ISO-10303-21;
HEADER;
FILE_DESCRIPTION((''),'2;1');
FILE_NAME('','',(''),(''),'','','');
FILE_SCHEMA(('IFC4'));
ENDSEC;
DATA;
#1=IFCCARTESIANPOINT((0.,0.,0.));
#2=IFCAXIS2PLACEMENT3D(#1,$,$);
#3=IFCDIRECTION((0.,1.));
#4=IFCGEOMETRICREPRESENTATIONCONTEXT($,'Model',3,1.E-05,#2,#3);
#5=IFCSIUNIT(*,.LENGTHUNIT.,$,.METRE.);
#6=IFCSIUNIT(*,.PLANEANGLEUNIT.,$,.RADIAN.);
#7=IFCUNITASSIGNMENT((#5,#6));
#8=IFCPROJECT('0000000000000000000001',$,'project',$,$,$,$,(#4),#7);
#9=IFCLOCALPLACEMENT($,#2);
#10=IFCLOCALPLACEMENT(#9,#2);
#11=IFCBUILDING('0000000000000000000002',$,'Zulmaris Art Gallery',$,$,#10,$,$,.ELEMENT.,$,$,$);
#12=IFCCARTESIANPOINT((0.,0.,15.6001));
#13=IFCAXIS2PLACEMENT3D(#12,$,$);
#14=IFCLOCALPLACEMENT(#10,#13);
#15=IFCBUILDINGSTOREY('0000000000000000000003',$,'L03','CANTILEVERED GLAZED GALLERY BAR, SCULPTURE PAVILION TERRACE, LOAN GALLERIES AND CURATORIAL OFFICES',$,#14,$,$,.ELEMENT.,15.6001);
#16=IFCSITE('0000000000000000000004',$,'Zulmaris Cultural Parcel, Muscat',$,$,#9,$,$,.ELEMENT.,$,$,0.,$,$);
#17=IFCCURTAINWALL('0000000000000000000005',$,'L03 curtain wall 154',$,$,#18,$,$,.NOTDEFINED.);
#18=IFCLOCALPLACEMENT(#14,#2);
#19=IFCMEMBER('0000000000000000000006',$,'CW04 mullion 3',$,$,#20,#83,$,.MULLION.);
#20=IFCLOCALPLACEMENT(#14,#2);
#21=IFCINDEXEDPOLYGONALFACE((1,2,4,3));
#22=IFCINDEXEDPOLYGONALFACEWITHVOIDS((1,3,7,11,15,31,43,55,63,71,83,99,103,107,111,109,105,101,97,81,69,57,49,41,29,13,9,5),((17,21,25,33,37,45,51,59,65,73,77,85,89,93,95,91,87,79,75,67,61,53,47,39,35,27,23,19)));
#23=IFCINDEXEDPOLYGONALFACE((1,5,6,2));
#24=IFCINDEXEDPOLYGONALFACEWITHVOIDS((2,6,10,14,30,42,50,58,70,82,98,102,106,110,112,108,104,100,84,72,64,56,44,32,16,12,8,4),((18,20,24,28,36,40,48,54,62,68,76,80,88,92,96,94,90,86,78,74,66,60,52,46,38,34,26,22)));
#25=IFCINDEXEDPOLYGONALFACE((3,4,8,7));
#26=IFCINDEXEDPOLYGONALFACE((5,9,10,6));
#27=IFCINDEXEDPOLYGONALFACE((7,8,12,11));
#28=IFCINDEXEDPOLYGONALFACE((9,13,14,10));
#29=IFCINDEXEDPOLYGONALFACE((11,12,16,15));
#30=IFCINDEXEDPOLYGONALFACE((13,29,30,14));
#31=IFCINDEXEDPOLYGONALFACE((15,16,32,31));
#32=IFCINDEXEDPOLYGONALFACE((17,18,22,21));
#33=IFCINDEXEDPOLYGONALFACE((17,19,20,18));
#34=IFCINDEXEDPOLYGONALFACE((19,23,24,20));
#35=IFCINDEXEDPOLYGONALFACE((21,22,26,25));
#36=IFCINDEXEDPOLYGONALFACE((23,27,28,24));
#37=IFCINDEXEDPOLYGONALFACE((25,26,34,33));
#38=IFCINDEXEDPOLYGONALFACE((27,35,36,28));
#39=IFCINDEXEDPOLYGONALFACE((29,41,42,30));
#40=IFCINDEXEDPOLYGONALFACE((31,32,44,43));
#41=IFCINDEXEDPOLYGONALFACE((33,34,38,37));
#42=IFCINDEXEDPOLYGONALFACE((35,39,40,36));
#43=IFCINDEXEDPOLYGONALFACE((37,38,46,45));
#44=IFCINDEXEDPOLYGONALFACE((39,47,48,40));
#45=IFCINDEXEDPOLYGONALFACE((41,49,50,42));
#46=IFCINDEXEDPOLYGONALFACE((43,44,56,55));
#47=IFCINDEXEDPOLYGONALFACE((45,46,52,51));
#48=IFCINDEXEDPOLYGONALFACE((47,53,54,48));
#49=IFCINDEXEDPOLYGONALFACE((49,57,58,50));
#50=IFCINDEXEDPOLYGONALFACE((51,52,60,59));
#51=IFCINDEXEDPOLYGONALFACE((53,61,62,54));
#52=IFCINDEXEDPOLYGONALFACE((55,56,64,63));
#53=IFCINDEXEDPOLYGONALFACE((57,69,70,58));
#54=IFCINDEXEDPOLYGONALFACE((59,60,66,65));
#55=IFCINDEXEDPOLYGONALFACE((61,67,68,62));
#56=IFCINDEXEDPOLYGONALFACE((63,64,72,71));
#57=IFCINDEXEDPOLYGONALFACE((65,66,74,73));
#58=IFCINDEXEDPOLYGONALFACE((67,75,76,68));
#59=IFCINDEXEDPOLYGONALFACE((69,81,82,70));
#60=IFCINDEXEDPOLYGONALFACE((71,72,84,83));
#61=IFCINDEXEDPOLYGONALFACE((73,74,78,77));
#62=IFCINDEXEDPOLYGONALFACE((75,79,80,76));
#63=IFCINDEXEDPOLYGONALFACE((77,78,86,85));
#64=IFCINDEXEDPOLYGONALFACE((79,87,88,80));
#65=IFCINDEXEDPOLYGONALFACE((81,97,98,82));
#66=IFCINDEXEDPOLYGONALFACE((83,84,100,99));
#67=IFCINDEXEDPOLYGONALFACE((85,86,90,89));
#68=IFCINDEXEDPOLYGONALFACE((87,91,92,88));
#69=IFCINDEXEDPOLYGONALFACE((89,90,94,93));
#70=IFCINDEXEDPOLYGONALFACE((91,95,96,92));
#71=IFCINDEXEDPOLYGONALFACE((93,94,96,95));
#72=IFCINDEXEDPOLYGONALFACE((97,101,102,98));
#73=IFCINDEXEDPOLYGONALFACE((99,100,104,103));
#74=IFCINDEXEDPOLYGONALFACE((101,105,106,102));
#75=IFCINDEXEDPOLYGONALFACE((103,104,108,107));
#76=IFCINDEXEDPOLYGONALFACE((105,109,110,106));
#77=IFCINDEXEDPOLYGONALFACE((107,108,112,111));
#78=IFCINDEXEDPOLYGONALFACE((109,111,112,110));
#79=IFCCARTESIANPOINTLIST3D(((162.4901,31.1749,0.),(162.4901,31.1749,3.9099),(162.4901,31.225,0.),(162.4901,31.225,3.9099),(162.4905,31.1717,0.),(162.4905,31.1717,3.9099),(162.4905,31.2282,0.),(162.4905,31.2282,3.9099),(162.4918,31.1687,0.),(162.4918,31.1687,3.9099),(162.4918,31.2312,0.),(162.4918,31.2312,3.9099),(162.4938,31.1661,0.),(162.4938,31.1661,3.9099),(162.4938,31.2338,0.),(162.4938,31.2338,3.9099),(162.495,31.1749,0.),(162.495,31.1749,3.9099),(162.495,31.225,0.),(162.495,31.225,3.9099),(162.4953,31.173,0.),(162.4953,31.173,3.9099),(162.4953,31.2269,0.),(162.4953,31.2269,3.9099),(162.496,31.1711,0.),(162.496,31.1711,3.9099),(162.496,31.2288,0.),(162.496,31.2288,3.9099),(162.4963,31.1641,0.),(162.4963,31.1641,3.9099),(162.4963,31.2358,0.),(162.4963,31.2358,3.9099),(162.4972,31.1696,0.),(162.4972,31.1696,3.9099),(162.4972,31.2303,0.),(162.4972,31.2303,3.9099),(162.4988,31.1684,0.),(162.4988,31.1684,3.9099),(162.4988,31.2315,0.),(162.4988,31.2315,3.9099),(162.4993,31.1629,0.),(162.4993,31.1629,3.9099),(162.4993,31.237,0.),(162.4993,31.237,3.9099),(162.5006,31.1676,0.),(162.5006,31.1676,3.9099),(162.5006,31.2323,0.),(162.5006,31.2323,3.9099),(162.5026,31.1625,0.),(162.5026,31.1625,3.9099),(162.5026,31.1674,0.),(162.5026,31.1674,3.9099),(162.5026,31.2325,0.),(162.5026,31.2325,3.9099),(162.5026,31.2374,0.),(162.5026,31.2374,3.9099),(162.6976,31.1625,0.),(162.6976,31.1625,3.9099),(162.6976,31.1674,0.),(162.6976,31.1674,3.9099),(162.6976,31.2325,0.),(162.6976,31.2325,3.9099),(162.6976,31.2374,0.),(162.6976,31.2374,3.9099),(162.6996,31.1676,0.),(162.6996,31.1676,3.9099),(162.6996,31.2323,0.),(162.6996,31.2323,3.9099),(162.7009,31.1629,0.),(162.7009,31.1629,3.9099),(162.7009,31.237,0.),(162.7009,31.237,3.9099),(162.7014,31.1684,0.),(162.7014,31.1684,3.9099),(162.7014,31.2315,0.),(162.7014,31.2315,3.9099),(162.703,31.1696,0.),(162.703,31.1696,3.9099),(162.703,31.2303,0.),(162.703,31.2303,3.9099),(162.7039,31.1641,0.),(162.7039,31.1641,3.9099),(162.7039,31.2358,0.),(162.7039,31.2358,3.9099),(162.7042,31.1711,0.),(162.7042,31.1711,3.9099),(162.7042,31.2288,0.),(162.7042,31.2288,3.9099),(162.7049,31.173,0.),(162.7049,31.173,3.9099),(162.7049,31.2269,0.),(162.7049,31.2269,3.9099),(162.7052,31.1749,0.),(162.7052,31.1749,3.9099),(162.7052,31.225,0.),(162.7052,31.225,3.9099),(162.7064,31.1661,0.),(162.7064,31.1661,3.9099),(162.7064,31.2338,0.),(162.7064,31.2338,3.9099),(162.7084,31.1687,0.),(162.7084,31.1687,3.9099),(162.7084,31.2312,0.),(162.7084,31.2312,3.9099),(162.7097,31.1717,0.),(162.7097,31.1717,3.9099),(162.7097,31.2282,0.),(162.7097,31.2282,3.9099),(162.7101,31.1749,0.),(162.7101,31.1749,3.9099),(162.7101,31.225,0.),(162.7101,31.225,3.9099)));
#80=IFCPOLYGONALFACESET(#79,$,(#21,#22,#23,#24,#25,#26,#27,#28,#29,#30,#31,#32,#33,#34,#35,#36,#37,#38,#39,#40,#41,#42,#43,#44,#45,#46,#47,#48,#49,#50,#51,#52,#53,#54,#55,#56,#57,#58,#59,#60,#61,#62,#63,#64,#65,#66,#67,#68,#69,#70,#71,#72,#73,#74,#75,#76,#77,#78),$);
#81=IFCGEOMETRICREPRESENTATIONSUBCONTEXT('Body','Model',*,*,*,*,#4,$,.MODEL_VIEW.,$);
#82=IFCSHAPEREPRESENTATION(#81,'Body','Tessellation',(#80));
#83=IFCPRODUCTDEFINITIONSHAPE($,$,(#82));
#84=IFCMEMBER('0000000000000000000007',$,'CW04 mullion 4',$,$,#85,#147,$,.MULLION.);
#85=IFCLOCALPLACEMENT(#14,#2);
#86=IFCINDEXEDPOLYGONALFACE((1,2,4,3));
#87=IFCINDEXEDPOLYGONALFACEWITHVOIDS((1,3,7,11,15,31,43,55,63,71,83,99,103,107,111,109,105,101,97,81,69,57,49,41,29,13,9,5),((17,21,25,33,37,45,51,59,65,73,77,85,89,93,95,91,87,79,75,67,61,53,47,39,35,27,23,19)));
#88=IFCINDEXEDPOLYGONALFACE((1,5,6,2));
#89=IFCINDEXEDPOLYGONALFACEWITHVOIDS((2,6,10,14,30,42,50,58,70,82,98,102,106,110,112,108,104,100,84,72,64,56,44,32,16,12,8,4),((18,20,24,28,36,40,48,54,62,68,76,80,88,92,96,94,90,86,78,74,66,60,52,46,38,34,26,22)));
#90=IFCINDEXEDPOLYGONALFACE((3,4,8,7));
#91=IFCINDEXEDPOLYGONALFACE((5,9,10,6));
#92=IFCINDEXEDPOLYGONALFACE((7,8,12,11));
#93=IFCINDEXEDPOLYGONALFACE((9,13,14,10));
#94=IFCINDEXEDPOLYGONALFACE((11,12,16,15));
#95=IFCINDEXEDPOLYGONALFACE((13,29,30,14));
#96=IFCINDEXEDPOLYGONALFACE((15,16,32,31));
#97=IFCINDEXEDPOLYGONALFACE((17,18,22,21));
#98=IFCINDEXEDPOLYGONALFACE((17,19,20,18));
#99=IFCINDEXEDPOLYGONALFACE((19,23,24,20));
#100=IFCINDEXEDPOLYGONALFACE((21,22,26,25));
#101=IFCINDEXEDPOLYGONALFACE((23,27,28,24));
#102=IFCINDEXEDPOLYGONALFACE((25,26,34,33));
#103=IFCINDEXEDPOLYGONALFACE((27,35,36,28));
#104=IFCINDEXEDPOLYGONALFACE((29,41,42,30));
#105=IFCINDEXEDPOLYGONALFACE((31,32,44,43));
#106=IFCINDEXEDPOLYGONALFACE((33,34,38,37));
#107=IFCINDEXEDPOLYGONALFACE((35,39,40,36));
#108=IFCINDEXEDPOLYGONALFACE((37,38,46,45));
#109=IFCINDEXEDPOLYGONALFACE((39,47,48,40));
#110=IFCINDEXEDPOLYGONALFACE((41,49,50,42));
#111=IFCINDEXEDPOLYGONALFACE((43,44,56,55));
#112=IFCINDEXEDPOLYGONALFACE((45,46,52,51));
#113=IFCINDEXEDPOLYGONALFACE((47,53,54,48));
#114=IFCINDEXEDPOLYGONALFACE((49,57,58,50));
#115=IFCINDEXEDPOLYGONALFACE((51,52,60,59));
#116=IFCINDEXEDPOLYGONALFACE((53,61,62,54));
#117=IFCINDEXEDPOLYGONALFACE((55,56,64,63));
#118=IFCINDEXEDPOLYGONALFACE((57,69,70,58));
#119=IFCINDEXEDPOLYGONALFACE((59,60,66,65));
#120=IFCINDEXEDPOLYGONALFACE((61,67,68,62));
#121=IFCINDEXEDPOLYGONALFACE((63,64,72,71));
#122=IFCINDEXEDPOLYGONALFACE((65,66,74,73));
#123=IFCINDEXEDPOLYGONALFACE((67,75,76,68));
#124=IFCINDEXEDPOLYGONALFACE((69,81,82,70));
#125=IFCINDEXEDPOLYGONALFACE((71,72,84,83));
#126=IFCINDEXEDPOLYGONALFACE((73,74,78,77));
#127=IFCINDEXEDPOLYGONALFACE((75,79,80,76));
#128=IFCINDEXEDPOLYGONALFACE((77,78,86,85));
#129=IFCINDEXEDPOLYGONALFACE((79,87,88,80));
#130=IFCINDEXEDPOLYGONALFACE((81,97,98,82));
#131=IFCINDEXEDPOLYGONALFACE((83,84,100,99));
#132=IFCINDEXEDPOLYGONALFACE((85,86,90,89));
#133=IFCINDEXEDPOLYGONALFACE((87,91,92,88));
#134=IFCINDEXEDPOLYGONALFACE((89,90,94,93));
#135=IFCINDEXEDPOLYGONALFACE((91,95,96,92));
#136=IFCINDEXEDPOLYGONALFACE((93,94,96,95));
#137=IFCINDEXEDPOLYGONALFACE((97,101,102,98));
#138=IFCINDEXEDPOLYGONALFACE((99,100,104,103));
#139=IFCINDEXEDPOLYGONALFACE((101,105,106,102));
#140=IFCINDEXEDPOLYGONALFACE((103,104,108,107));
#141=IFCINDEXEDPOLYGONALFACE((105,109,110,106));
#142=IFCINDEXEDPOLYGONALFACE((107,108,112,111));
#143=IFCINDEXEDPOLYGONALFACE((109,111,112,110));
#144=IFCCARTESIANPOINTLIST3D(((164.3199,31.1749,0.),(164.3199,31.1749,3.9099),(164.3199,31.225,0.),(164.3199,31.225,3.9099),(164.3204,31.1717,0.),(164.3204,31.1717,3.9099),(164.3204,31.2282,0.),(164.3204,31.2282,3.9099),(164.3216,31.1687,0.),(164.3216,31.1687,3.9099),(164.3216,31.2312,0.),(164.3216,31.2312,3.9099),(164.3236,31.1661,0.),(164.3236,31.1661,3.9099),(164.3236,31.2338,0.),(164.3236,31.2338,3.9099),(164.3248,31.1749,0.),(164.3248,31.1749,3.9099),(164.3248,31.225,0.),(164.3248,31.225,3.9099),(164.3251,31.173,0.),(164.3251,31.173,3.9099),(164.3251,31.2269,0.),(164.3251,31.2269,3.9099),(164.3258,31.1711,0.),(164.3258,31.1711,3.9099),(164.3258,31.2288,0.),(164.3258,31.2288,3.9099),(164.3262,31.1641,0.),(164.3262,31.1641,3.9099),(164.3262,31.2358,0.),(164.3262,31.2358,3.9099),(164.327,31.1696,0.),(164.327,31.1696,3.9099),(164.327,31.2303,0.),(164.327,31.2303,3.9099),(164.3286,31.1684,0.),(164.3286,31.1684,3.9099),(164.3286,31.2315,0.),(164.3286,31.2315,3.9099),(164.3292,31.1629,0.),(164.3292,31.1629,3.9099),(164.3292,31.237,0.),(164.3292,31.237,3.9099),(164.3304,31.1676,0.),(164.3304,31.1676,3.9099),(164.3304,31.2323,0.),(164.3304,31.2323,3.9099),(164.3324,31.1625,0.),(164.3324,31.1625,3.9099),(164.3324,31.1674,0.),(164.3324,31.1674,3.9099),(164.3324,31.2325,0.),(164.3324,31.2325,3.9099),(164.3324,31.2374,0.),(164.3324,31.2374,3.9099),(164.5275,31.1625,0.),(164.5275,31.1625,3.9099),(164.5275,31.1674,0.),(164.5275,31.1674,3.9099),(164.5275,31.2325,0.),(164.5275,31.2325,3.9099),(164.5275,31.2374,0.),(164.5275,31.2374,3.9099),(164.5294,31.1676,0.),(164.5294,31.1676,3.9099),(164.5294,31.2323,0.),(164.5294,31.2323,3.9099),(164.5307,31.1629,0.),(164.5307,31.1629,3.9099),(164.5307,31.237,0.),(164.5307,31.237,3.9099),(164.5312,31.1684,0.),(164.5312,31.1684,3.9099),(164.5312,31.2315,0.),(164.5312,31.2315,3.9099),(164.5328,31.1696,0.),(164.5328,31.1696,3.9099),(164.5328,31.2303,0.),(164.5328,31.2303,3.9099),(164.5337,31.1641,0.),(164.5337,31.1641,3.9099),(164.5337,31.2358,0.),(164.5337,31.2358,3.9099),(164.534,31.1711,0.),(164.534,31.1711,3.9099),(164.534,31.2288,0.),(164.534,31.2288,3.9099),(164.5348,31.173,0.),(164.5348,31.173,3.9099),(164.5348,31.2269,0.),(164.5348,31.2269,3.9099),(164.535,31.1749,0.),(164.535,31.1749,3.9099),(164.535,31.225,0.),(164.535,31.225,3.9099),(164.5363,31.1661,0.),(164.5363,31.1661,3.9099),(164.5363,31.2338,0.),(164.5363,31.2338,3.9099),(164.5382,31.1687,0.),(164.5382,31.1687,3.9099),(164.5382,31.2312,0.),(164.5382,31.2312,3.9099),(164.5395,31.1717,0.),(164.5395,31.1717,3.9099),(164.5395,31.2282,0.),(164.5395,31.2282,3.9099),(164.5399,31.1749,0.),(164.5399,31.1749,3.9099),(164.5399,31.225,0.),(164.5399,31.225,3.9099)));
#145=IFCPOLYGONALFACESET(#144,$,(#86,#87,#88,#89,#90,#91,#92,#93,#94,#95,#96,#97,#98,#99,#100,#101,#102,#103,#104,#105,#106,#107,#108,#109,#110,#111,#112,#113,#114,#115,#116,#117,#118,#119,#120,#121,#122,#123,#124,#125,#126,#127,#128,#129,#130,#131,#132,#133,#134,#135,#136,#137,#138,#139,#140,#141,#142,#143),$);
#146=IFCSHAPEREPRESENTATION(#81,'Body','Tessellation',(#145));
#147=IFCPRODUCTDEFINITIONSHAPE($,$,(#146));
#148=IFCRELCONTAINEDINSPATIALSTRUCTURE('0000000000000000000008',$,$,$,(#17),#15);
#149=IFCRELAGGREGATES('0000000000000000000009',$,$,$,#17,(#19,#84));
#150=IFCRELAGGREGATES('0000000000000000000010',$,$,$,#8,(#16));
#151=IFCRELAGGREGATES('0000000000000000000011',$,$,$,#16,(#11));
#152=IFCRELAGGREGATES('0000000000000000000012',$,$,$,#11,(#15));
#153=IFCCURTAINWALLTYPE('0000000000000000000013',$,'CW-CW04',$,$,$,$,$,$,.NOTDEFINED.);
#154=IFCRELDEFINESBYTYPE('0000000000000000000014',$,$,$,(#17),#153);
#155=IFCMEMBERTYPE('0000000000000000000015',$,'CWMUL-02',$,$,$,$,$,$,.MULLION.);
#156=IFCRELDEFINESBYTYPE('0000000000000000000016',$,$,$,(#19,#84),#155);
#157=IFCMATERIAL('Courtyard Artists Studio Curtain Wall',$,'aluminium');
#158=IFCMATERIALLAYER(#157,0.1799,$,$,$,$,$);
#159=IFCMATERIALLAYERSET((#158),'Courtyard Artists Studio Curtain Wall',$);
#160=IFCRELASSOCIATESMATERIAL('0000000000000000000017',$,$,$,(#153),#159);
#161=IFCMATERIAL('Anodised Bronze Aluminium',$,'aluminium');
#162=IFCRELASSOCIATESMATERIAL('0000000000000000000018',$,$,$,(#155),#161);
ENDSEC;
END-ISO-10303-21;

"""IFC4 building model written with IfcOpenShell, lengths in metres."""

from ifc_helpers import new_model, si_unit, direction, frame, origin, origin_2d, place, context, subcontext, project, spatial, hollow_rectangle, extrude, material, layer, layer_set, material_profile, profile_set, type_object, element, aggregate, save


model = new_model("IFC4")

# Units and contexts
model_context = context("Model", 3, precision=1e-05, world=origin(), true_north=direction((0.0, 1.0)))
body_context = subcontext(model_context, "Body", "Model", "MODEL_VIEW")
ifc_project = project(units=[si_unit("LENGTHUNIT", "METRE"), si_unit("PLANEANGLEUNIT", "RADIAN")], contexts=[model_context])

# Site, building, storey
site_placement = place(None, origin())
site = spatial("IfcSite", under=ifc_project, at=site_placement, Name="Zulmaris Cultural Parcel, Muscat", CompositionType="ELEMENT", RefElevation=0.0)
building_placement = place(site_placement, origin())
building = spatial("IfcBuilding", under=site, at=building_placement, Name="Zulmaris Art Gallery", CompositionType="ELEMENT")
storey_placement = place(building_placement, frame((0.0, 0.0, 15.6001)))
storey = spatial("IfcBuildingStorey", under=building, at=storey_placement, Name="L03", Description="CANTILEVERED GLAZED GALLERY BAR, SCULPTURE PAVILION TERRACE, LOAN GALLERIES AND CURATORIAL OFFICES", CompositionType="ELEMENT", Elevation=15.6001)

# Curtain wall, members
ifc_material_1 = material(Name="Courtyard Artists Studio Curtain Wall", Category="aluminium")
ifc_layer_1 = layer(ifc_material_1, 0.1799)
ifc_layer_set_1 = layer_set([ifc_layer_1], Name="Courtyard Artists Studio Curtain Wall")
curtain_wall_type = type_object("IfcCurtainWallType", Name="CW-CW04", PredefinedType="NOTDEFINED", material=ifc_layer_set_1)
curtain_wall_1_placement = place(storey_placement, origin())
curtain_wall_1 = element("IfcCurtainWall", 1, at=curtain_wall_1_placement, inside=storey, type_object=curtain_wall_type, Name="L03 curtain wall 154", PredefinedType="NOTDEFINED")
ifc_material_2 = material(Name="Anodised Bronze Aluminium", Category="aluminium")
ifc_material_profile_1 = material_profile(ifc_material_2, hollow_rectangle(XDim=0.075, YDim=0.22, WallThickness=0.0049, InnerFilletRadius=0.0076, OuterFilletRadius=0.0125, at=origin_2d()), Name="ALU 75x220x5")
ifc_profile_set_1 = profile_set([ifc_material_profile_1], Name="Anodised Bronze Aluminium")
member_type_1 = type_object("IfcMemberType", Name="CWMUL-02", PredefinedType="MULLION", material=ifc_profile_set_1)
member_1_placement = place(storey_placement, frame((162.6001, 31.2, 0.0), z_axis=(0.0, 0.0, 1.0), x_axis=(0.0, 1.0, 0.0)))
member_1 = element("IfcMember", 2, at=member_1_placement, type_object=member_type_1, Name="CW04 mullion 3", PredefinedType="MULLION", context=body_context, shape_type="SweptSolid", body=[
    extrude(hollow_rectangle(XDim=0.075, YDim=0.22, WallThickness=0.0049, InnerFilletRadius=0.0076, OuterFilletRadius=0.0125, at=origin_2d()), origin(), (0.0, 0.0, 1.0), 3.9099),
])
member_2_placement = place(storey_placement, frame((164.4299, 31.2, 0.0), z_axis=(0.0, 0.0, 1.0), x_axis=(0.0, 1.0, 0.0)))
member_2 = element("IfcMember", 3, at=member_2_placement, type_object=member_type_1, Name="CW04 mullion 4", PredefinedType="MULLION", context=body_context, shape_type="SweptSolid", body=[
    extrude(hollow_rectangle(XDim=0.075, YDim=0.22, WallThickness=0.0049, InnerFilletRadius=0.0076, OuterFilletRadius=0.0125, at=origin_2d()), origin(), (0.0, 0.0, 1.0), 3.9099),
])

aggregate(curtain_wall_1, [member_1, member_2])

save(model, "model.ifc")
